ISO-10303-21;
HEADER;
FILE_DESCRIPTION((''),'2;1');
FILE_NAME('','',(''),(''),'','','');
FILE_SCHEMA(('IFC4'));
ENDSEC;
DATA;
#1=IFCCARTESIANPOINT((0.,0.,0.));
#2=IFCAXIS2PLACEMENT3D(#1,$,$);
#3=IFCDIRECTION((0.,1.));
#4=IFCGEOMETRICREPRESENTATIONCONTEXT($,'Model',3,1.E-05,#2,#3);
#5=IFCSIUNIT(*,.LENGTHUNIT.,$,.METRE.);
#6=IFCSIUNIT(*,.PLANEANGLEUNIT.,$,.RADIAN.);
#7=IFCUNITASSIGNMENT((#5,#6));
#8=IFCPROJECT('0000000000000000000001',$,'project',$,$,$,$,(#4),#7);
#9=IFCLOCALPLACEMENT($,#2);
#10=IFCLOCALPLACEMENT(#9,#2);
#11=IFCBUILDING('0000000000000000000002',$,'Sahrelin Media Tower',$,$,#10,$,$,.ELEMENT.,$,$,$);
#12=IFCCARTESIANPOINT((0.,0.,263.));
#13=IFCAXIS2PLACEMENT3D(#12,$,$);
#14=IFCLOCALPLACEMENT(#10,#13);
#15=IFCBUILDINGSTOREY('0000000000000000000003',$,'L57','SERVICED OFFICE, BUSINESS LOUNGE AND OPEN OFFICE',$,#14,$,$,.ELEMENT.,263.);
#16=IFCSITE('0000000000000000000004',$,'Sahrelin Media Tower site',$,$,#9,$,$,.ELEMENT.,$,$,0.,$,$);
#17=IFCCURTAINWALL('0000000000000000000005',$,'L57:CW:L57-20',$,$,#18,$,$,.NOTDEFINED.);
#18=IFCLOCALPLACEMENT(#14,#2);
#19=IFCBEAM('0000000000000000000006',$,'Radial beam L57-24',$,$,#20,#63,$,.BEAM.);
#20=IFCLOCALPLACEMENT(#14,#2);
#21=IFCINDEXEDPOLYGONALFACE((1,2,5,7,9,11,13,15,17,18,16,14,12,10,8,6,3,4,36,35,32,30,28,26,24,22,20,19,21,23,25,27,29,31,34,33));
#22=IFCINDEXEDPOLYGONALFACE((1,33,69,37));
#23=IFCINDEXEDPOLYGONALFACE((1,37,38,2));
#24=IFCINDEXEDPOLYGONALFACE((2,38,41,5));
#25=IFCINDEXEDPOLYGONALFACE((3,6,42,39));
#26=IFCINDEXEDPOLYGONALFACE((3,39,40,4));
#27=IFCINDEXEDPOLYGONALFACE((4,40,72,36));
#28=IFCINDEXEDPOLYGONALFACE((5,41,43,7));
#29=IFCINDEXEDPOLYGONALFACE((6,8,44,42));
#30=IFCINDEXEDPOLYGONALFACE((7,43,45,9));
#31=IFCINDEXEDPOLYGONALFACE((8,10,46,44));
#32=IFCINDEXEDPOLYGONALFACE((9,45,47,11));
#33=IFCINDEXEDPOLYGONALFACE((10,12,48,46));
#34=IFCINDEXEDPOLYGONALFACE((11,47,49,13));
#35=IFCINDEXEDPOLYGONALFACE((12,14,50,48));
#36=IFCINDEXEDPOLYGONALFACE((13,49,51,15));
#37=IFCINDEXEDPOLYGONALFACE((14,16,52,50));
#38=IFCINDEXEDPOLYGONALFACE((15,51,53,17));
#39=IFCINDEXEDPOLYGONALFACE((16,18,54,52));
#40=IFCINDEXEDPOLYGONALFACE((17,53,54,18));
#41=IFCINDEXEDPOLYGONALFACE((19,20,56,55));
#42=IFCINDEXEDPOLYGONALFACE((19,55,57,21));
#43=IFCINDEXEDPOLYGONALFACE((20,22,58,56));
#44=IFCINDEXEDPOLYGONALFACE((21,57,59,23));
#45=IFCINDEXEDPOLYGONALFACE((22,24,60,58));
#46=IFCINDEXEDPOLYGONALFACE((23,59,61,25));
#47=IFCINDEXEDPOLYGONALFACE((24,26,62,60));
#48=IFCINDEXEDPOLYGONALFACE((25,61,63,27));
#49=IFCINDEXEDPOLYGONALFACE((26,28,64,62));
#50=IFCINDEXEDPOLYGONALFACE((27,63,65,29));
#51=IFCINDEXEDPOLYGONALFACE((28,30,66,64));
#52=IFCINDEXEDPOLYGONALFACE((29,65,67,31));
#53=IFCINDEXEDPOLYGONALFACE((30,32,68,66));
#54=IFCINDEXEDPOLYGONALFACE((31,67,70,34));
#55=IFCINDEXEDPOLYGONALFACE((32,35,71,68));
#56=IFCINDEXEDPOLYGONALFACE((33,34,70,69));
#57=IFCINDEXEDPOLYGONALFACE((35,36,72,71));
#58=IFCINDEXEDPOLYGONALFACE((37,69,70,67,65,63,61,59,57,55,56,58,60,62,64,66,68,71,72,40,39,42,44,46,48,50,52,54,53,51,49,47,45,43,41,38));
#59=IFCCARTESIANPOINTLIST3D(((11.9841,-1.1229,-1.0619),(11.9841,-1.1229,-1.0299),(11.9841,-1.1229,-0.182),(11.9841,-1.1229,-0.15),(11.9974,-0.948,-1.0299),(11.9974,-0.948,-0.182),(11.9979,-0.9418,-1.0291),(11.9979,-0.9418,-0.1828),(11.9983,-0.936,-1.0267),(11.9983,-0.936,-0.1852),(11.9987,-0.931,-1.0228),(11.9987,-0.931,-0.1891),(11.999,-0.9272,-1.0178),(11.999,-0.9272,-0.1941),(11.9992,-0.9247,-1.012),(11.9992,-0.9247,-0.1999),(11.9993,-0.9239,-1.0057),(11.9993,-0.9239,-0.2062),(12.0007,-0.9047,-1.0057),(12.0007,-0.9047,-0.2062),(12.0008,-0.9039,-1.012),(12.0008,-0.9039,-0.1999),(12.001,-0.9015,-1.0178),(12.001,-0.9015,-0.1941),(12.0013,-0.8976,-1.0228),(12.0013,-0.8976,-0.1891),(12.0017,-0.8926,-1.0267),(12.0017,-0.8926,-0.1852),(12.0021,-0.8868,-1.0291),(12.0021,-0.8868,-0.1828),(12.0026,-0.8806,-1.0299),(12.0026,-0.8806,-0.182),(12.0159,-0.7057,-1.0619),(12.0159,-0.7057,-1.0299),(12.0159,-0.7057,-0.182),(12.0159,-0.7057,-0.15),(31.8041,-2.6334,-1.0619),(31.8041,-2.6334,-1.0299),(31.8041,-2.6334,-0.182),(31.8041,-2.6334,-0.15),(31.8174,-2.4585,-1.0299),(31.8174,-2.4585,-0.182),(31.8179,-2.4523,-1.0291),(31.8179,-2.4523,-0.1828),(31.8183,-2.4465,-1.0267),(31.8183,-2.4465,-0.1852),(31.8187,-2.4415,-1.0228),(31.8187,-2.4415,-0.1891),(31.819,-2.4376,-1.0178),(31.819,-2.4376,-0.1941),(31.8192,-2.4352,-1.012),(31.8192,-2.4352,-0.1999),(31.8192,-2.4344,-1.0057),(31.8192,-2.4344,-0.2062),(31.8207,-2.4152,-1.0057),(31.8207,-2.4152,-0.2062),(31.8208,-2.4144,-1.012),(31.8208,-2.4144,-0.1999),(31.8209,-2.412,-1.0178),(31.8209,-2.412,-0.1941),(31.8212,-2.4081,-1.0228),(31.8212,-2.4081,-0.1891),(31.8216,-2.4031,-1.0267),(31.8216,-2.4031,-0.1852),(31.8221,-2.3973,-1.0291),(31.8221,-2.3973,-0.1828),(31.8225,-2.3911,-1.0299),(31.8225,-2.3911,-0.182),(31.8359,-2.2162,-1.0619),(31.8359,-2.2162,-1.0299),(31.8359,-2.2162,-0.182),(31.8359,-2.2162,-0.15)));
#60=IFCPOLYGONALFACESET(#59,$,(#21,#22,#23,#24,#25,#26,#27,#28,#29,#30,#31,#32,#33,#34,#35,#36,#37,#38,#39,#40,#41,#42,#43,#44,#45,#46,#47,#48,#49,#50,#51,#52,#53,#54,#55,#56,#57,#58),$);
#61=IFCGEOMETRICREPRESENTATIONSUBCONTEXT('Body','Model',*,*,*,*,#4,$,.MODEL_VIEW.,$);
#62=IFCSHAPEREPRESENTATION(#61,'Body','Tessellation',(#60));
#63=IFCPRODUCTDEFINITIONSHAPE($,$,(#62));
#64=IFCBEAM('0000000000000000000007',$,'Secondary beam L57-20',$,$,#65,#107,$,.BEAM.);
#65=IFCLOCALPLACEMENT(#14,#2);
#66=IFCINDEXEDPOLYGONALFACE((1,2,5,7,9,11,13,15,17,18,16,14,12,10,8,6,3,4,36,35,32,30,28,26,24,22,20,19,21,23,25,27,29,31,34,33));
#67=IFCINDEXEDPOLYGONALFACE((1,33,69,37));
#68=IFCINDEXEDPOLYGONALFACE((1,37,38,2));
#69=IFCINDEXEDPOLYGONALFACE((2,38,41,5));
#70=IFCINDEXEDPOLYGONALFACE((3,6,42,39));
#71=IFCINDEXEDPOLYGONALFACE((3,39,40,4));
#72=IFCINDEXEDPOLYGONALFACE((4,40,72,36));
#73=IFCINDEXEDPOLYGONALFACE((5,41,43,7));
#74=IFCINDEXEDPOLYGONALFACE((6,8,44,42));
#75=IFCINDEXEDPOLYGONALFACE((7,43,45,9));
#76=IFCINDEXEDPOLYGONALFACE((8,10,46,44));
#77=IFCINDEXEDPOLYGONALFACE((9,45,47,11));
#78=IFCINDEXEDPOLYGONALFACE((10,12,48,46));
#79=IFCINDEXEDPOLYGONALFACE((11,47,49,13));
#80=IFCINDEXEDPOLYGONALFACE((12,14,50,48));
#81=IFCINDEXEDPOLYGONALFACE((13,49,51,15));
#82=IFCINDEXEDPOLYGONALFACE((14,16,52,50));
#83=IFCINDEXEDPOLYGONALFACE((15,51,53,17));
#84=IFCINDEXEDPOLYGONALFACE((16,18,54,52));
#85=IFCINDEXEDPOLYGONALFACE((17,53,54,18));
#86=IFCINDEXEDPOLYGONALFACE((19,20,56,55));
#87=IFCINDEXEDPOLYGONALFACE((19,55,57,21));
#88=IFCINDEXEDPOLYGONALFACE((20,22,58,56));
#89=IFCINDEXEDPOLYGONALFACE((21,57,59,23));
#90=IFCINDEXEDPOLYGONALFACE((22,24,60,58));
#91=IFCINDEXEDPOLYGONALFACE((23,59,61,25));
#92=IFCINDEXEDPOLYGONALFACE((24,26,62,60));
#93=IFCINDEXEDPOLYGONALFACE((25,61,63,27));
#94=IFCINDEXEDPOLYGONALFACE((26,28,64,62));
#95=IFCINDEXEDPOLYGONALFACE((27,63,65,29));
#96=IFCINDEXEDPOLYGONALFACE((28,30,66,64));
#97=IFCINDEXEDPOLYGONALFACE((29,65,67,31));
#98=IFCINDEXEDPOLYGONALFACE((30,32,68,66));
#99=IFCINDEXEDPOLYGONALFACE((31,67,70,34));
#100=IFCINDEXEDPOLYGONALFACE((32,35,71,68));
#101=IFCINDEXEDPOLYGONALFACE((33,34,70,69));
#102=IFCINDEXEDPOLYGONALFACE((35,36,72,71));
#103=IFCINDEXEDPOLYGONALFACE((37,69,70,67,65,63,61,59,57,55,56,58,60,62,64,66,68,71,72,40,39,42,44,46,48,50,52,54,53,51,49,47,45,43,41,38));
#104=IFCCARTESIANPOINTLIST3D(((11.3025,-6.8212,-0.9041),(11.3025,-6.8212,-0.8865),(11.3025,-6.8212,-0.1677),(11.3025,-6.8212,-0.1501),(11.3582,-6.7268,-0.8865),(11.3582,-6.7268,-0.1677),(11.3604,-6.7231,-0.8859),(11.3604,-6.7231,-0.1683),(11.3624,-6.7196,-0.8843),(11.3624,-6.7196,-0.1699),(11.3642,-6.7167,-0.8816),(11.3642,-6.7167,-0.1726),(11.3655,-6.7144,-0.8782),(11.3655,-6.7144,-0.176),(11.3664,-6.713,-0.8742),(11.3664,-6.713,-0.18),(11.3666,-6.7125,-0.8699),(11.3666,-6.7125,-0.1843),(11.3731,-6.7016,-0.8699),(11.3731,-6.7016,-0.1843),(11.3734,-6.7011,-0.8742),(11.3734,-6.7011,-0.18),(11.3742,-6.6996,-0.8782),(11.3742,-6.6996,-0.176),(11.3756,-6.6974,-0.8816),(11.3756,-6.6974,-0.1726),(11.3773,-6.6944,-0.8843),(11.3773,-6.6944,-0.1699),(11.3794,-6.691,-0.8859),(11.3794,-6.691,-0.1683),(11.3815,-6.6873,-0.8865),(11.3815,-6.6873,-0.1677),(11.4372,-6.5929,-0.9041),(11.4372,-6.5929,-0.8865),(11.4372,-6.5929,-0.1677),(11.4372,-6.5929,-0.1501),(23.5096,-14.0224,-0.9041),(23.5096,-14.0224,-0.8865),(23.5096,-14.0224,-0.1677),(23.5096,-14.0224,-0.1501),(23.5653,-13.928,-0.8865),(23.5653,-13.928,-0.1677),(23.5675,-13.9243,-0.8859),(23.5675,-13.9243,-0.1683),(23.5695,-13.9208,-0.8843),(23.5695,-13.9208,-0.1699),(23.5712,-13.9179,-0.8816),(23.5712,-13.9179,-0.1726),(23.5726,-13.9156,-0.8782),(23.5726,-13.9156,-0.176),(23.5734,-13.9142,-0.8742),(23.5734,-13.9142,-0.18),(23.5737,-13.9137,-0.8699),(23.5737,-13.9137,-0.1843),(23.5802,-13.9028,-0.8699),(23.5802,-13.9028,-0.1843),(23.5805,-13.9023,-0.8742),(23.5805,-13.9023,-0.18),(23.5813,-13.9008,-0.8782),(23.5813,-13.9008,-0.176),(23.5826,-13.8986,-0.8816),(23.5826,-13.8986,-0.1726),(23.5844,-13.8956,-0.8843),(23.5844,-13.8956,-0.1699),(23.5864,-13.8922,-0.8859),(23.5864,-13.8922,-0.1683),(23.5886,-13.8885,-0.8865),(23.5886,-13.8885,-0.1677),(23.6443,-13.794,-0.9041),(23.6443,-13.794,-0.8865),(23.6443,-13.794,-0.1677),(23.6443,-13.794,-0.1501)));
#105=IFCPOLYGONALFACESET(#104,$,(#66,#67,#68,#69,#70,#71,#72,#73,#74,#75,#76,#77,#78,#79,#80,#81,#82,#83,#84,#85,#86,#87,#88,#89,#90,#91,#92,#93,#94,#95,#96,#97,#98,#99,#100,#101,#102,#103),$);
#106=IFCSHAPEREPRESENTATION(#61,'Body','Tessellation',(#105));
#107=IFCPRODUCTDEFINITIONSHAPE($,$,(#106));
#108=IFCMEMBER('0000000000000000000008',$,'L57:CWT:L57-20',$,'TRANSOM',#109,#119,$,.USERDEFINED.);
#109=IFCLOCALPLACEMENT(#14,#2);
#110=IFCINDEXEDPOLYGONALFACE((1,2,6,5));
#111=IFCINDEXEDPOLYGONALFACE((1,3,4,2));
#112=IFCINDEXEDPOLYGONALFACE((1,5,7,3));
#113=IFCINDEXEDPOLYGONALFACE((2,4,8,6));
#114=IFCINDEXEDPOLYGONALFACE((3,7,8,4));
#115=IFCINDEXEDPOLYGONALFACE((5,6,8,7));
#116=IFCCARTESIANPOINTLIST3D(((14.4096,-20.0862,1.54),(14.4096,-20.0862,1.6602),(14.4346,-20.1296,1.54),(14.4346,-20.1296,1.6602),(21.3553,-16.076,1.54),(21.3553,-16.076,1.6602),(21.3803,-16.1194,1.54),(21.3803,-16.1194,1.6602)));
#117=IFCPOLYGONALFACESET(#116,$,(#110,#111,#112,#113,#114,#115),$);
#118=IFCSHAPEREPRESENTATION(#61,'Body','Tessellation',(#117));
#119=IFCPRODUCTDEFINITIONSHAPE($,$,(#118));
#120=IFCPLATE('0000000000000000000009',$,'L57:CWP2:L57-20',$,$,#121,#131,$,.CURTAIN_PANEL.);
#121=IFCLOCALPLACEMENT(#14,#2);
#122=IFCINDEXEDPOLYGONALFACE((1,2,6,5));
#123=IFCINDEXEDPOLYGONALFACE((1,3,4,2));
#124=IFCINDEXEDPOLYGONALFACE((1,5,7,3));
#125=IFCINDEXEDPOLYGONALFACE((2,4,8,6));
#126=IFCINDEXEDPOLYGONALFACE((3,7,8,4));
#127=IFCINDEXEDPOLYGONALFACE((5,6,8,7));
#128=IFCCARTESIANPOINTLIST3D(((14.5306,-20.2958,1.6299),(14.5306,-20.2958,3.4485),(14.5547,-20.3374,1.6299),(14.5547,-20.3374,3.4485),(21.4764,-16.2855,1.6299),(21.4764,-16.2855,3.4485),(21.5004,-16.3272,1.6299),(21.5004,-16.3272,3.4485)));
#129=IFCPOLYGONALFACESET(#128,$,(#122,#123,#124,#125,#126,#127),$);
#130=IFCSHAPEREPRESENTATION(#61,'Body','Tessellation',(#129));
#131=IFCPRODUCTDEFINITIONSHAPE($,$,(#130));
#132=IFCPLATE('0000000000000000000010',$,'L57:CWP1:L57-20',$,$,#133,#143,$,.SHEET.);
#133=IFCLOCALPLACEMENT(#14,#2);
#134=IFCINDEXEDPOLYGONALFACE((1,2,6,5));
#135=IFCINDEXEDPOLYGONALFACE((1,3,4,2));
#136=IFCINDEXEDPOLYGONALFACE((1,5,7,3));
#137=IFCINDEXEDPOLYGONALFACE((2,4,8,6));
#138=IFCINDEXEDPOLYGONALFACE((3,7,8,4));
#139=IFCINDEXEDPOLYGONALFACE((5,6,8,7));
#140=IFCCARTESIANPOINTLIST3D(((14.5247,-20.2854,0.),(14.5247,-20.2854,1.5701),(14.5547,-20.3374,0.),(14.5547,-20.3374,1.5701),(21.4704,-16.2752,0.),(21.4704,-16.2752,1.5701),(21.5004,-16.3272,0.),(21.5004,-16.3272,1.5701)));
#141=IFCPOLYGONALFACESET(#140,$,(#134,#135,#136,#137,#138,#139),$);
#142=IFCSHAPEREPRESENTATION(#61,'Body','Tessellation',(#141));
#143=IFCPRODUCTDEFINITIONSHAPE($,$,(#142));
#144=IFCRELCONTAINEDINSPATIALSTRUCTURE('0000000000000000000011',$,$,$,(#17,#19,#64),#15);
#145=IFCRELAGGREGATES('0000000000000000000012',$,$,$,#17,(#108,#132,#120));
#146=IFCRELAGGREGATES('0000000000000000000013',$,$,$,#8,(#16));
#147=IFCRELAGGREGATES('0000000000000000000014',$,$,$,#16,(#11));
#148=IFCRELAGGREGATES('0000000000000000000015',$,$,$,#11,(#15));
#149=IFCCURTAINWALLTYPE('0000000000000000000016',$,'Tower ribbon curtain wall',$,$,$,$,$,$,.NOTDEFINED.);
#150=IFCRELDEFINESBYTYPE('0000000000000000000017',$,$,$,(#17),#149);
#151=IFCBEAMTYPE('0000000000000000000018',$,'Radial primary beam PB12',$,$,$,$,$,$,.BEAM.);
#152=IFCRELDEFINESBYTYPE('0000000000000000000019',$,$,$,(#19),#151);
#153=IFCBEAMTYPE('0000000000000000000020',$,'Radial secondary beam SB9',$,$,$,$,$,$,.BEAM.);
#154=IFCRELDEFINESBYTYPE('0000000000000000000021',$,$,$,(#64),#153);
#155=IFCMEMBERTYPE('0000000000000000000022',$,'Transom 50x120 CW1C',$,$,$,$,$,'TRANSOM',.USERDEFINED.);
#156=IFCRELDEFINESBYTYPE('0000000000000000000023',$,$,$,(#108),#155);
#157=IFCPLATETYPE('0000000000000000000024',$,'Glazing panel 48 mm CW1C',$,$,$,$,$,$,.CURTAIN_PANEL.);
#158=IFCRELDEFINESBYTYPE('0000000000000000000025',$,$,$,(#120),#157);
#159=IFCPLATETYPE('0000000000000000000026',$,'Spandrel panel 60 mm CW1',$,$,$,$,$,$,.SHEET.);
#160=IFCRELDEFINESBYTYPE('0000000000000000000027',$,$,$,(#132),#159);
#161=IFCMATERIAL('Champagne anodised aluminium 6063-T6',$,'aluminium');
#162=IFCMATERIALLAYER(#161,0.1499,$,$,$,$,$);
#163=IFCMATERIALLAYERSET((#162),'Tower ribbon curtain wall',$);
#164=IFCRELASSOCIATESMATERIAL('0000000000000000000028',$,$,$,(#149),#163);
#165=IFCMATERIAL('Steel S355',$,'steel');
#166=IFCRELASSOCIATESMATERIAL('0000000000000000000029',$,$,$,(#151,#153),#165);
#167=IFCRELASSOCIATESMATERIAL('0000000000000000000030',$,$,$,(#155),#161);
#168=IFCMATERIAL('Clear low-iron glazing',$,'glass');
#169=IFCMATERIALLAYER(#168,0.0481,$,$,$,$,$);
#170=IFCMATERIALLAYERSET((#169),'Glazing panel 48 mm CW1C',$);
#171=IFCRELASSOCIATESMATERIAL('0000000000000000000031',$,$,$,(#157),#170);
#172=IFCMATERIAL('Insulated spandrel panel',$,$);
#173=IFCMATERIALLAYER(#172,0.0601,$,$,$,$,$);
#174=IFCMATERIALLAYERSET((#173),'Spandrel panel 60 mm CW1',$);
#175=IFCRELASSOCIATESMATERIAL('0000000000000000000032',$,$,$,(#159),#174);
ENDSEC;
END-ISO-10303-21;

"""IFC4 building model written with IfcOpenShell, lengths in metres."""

from ifc_helpers import new_model, si_unit, direction, frame, origin, origin_2d, place, context, subcontext, project, spatial, polyline, rectangle, i_section, outline, extrude, material, layer, layer_set, material_profile, profile_set, type_object, element, aggregate, save


model = new_model("IFC4")

# Units and contexts
model_context = context("Model", 3, precision=1e-05, world=origin(), true_north=direction((0.0, 1.0)))
body_context = subcontext(model_context, "Body", "Model", "MODEL_VIEW")
ifc_project = project(units=[si_unit("LENGTHUNIT", "METRE"), si_unit("PLANEANGLEUNIT", "RADIAN")], contexts=[model_context])

# Site, building, storey
site_placement = place(None, origin())
site = spatial("IfcSite", under=ifc_project, at=site_placement, Name="Sahrelin Media Tower site", CompositionType="ELEMENT", RefElevation=0.0)
building_placement = place(site_placement, origin())
building = spatial("IfcBuilding", under=site, at=building_placement, Name="Sahrelin Media Tower", CompositionType="ELEMENT")
storey_placement = place(building_placement, frame((0.0, 0.0, 263.0)))
storey = spatial("IfcBuildingStorey", under=building, at=storey_placement, Name="L57", Description="SERVICED OFFICE, BUSINESS LOUNGE AND OPEN OFFICE", CompositionType="ELEMENT", Elevation=263.0)

# Shared definitions
ifc_material_1 = material(Name="Steel S355", Category="steel")

# Curtain wall
ifc_material_2 = material(Name="Champagne anodised aluminium 6063-T6", Category="aluminium")
ifc_layer_1 = layer(ifc_material_2, 0.1499)
ifc_layer_set_1 = layer_set([ifc_layer_1], Name="Tower ribbon curtain wall")
curtain_wall_type = type_object("IfcCurtainWallType", Name="Tower ribbon curtain wall", PredefinedType="NOTDEFINED", material=ifc_layer_set_1)
curtain_wall_placement = place(storey_placement, frame((18.0176, -18.3149, 0.0), z_axis=(0.0, 0.0, 1.0), x_axis=(1.0, 0.0, 0.0)))
curtain_wall = element("IfcCurtainWall", 1, at=curtain_wall_placement, inside=storey, type_object=curtain_wall_type, Name="L57:CW:L57-20", PredefinedType="NOTDEFINED")

# Beams
ifc_material_profile_1 = material_profile(ifc_material_1, i_section(OverallWidth=0.4185, OverallDepth=0.9119, WebThickness=0.0193, FlangeThickness=0.032, FilletRadius=0.0242, at=origin_2d()), Name="UB 914x419x343")
ifc_profile_set_1 = profile_set([ifc_material_profile_1], Name="Steel S355")
beam_type_1 = type_object("IfcBeamType", Name="Radial primary beam PB12", PredefinedType="BEAM", material=ifc_profile_set_1)
beam_1_placement = place(storey_placement, frame((12.0, -0.9143, -0.606), z_axis=(0.997109, -0.07599, 0.0), x_axis=(0.07599, 0.997109, 0.0)))
element("IfcBeam", 2, at=beam_1_placement, inside=storey, type_object=beam_type_1, Name="Radial beam L57-24", PredefinedType="BEAM", context=body_context, shape_type="SweptSolid", body=[
    extrude(i_section(OverallWidth=0.4185, OverallDepth=0.9119, WebThickness=0.0193, FlangeThickness=0.032, FilletRadius=0.0242, at=origin_2d()), origin(), (0.0, 0.0, 1.0), 19.8774),
])
ifc_material_profile_2 = material_profile(ifc_material_1, i_section(OverallWidth=0.2651, OverallDepth=0.7539, WebThickness=0.0127, FlangeThickness=0.0176, FilletRadius=0.0166, at=origin_2d()), Name="UB 762x267x147")
ifc_profile_set_2 = profile_set([ifc_material_profile_2], Name="Steel S355")
beam_type_2 = type_object("IfcBeamType", Name="Radial secondary beam SB9", PredefinedType="BEAM", material=ifc_profile_set_2)
beam_2_placement = place(storey_placement, frame((11.3699, -6.707, -0.5271), z_axis=(0.861299, -0.508098, 0.0), x_axis=(0.508098, 0.861299, 0.0)))
element("IfcBeam", 3, at=beam_2_placement, inside=storey, type_object=beam_type_2, Name="Secondary beam L57-20", PredefinedType="BEAM", context=body_context, shape_type="SweptSolid", body=[
    extrude(i_section(OverallWidth=0.2651, OverallDepth=0.7539, WebThickness=0.0127, FlangeThickness=0.0176, FilletRadius=0.0166, at=origin_2d()), origin(), (0.0, 0.0, 1.0), 14.1729),
])

# Member
ifc_material_profile_3 = material_profile(ifc_material_2, rectangle(XDim=0.05, YDim=0.1201, at=origin_2d()), Name="Transom 50x120")
ifc_profile_set_3 = profile_set([ifc_material_profile_3], Name="Champagne anodised aluminium 6063-T6")
member_type_1 = type_object("IfcMemberType", Name="Transom 50x120 CW1C", ElementType="TRANSOM", PredefinedType="USERDEFINED", material=ifc_profile_set_3)
member_1_placement = place(storey_placement, frame((14.4221, -20.1079, 1.6001), z_axis=(0.86602, 0.500009, 0.0), x_axis=(-0.500009, 0.86602, 0.0)))
member_1 = element("IfcMember", 4, at=member_1_placement, type_object=member_type_1, Name="L57:CWT:L57-20", ObjectType="TRANSOM", PredefinedType="USERDEFINED", context=body_context, shape_type="SweptSolid", body=[
    extrude(rectangle(XDim=0.05, YDim=0.1201, at=origin_2d()), origin(), (0.0, 0.0, 1.0), 8.0203),
])

# Plates
ifc_material_3 = material(Name="Clear low-iron glazing", Category="glass")
ifc_layer_2 = layer(ifc_material_3, 0.0481)
ifc_layer_set_2 = layer_set([ifc_layer_2], Name="Glazing panel 48 mm CW1C")
plate_type_1 = type_object("IfcPlateType", Name="Glazing panel 48 mm CW1C", PredefinedType="CURTAIN_PANEL", material=ifc_layer_set_2)
plate_1_placement = place(storey_placement, frame((14.5547, -20.3374, 1.6299), z_axis=(0.500009, -0.86602, 0.0), x_axis=(0.86602, 0.500009, 0.0)))
plate_1 = element("IfcPlate", 5, at=plate_1_placement, type_object=plate_type_1, Name="L57:CWP2:L57-20", PredefinedType="CURTAIN_PANEL", context=body_context, shape_type="SweptSolid", body=[
    extrude(outline(polyline([(0.0, 0.0), (8.0203, 0.0), (8.0203, 1.8186), (0.0, 1.8186), (0.0, 0.0)])), origin(), (0.0, 0.0, -1.0), 0.0481),
])
ifc_material_4 = material(Name="Insulated spandrel panel")
ifc_layer_3 = layer(ifc_material_4, 0.0601)
ifc_layer_set_3 = layer_set([ifc_layer_3], Name="Spandrel panel 60 mm CW1")
plate_type_2 = type_object("IfcPlateType", Name="Spandrel panel 60 mm CW1", PredefinedType="SHEET", material=ifc_layer_set_3)
plate_2_placement = place(storey_placement, frame((14.5547, -20.3374, 0.0), z_axis=(0.500009, -0.86602, 0.0), x_axis=(0.86602, 0.500009, 0.0)))
plate_2 = element("IfcPlate", 6, at=plate_2_placement, type_object=plate_type_2, Name="L57:CWP1:L57-20", PredefinedType="SHEET", context=body_context, shape_type="SweptSolid", body=[
    extrude(outline(polyline([(0.0, 0.0), (8.0203, 0.0), (8.0203, 1.5701), (0.0, 1.5701), (0.0, 0.0)])), origin(), (0.0, 0.0, -1.0), 0.0601),
])
aggregate(curtain_wall, [member_1, plate_2, plate_1])

save(model, "model.ifc")
